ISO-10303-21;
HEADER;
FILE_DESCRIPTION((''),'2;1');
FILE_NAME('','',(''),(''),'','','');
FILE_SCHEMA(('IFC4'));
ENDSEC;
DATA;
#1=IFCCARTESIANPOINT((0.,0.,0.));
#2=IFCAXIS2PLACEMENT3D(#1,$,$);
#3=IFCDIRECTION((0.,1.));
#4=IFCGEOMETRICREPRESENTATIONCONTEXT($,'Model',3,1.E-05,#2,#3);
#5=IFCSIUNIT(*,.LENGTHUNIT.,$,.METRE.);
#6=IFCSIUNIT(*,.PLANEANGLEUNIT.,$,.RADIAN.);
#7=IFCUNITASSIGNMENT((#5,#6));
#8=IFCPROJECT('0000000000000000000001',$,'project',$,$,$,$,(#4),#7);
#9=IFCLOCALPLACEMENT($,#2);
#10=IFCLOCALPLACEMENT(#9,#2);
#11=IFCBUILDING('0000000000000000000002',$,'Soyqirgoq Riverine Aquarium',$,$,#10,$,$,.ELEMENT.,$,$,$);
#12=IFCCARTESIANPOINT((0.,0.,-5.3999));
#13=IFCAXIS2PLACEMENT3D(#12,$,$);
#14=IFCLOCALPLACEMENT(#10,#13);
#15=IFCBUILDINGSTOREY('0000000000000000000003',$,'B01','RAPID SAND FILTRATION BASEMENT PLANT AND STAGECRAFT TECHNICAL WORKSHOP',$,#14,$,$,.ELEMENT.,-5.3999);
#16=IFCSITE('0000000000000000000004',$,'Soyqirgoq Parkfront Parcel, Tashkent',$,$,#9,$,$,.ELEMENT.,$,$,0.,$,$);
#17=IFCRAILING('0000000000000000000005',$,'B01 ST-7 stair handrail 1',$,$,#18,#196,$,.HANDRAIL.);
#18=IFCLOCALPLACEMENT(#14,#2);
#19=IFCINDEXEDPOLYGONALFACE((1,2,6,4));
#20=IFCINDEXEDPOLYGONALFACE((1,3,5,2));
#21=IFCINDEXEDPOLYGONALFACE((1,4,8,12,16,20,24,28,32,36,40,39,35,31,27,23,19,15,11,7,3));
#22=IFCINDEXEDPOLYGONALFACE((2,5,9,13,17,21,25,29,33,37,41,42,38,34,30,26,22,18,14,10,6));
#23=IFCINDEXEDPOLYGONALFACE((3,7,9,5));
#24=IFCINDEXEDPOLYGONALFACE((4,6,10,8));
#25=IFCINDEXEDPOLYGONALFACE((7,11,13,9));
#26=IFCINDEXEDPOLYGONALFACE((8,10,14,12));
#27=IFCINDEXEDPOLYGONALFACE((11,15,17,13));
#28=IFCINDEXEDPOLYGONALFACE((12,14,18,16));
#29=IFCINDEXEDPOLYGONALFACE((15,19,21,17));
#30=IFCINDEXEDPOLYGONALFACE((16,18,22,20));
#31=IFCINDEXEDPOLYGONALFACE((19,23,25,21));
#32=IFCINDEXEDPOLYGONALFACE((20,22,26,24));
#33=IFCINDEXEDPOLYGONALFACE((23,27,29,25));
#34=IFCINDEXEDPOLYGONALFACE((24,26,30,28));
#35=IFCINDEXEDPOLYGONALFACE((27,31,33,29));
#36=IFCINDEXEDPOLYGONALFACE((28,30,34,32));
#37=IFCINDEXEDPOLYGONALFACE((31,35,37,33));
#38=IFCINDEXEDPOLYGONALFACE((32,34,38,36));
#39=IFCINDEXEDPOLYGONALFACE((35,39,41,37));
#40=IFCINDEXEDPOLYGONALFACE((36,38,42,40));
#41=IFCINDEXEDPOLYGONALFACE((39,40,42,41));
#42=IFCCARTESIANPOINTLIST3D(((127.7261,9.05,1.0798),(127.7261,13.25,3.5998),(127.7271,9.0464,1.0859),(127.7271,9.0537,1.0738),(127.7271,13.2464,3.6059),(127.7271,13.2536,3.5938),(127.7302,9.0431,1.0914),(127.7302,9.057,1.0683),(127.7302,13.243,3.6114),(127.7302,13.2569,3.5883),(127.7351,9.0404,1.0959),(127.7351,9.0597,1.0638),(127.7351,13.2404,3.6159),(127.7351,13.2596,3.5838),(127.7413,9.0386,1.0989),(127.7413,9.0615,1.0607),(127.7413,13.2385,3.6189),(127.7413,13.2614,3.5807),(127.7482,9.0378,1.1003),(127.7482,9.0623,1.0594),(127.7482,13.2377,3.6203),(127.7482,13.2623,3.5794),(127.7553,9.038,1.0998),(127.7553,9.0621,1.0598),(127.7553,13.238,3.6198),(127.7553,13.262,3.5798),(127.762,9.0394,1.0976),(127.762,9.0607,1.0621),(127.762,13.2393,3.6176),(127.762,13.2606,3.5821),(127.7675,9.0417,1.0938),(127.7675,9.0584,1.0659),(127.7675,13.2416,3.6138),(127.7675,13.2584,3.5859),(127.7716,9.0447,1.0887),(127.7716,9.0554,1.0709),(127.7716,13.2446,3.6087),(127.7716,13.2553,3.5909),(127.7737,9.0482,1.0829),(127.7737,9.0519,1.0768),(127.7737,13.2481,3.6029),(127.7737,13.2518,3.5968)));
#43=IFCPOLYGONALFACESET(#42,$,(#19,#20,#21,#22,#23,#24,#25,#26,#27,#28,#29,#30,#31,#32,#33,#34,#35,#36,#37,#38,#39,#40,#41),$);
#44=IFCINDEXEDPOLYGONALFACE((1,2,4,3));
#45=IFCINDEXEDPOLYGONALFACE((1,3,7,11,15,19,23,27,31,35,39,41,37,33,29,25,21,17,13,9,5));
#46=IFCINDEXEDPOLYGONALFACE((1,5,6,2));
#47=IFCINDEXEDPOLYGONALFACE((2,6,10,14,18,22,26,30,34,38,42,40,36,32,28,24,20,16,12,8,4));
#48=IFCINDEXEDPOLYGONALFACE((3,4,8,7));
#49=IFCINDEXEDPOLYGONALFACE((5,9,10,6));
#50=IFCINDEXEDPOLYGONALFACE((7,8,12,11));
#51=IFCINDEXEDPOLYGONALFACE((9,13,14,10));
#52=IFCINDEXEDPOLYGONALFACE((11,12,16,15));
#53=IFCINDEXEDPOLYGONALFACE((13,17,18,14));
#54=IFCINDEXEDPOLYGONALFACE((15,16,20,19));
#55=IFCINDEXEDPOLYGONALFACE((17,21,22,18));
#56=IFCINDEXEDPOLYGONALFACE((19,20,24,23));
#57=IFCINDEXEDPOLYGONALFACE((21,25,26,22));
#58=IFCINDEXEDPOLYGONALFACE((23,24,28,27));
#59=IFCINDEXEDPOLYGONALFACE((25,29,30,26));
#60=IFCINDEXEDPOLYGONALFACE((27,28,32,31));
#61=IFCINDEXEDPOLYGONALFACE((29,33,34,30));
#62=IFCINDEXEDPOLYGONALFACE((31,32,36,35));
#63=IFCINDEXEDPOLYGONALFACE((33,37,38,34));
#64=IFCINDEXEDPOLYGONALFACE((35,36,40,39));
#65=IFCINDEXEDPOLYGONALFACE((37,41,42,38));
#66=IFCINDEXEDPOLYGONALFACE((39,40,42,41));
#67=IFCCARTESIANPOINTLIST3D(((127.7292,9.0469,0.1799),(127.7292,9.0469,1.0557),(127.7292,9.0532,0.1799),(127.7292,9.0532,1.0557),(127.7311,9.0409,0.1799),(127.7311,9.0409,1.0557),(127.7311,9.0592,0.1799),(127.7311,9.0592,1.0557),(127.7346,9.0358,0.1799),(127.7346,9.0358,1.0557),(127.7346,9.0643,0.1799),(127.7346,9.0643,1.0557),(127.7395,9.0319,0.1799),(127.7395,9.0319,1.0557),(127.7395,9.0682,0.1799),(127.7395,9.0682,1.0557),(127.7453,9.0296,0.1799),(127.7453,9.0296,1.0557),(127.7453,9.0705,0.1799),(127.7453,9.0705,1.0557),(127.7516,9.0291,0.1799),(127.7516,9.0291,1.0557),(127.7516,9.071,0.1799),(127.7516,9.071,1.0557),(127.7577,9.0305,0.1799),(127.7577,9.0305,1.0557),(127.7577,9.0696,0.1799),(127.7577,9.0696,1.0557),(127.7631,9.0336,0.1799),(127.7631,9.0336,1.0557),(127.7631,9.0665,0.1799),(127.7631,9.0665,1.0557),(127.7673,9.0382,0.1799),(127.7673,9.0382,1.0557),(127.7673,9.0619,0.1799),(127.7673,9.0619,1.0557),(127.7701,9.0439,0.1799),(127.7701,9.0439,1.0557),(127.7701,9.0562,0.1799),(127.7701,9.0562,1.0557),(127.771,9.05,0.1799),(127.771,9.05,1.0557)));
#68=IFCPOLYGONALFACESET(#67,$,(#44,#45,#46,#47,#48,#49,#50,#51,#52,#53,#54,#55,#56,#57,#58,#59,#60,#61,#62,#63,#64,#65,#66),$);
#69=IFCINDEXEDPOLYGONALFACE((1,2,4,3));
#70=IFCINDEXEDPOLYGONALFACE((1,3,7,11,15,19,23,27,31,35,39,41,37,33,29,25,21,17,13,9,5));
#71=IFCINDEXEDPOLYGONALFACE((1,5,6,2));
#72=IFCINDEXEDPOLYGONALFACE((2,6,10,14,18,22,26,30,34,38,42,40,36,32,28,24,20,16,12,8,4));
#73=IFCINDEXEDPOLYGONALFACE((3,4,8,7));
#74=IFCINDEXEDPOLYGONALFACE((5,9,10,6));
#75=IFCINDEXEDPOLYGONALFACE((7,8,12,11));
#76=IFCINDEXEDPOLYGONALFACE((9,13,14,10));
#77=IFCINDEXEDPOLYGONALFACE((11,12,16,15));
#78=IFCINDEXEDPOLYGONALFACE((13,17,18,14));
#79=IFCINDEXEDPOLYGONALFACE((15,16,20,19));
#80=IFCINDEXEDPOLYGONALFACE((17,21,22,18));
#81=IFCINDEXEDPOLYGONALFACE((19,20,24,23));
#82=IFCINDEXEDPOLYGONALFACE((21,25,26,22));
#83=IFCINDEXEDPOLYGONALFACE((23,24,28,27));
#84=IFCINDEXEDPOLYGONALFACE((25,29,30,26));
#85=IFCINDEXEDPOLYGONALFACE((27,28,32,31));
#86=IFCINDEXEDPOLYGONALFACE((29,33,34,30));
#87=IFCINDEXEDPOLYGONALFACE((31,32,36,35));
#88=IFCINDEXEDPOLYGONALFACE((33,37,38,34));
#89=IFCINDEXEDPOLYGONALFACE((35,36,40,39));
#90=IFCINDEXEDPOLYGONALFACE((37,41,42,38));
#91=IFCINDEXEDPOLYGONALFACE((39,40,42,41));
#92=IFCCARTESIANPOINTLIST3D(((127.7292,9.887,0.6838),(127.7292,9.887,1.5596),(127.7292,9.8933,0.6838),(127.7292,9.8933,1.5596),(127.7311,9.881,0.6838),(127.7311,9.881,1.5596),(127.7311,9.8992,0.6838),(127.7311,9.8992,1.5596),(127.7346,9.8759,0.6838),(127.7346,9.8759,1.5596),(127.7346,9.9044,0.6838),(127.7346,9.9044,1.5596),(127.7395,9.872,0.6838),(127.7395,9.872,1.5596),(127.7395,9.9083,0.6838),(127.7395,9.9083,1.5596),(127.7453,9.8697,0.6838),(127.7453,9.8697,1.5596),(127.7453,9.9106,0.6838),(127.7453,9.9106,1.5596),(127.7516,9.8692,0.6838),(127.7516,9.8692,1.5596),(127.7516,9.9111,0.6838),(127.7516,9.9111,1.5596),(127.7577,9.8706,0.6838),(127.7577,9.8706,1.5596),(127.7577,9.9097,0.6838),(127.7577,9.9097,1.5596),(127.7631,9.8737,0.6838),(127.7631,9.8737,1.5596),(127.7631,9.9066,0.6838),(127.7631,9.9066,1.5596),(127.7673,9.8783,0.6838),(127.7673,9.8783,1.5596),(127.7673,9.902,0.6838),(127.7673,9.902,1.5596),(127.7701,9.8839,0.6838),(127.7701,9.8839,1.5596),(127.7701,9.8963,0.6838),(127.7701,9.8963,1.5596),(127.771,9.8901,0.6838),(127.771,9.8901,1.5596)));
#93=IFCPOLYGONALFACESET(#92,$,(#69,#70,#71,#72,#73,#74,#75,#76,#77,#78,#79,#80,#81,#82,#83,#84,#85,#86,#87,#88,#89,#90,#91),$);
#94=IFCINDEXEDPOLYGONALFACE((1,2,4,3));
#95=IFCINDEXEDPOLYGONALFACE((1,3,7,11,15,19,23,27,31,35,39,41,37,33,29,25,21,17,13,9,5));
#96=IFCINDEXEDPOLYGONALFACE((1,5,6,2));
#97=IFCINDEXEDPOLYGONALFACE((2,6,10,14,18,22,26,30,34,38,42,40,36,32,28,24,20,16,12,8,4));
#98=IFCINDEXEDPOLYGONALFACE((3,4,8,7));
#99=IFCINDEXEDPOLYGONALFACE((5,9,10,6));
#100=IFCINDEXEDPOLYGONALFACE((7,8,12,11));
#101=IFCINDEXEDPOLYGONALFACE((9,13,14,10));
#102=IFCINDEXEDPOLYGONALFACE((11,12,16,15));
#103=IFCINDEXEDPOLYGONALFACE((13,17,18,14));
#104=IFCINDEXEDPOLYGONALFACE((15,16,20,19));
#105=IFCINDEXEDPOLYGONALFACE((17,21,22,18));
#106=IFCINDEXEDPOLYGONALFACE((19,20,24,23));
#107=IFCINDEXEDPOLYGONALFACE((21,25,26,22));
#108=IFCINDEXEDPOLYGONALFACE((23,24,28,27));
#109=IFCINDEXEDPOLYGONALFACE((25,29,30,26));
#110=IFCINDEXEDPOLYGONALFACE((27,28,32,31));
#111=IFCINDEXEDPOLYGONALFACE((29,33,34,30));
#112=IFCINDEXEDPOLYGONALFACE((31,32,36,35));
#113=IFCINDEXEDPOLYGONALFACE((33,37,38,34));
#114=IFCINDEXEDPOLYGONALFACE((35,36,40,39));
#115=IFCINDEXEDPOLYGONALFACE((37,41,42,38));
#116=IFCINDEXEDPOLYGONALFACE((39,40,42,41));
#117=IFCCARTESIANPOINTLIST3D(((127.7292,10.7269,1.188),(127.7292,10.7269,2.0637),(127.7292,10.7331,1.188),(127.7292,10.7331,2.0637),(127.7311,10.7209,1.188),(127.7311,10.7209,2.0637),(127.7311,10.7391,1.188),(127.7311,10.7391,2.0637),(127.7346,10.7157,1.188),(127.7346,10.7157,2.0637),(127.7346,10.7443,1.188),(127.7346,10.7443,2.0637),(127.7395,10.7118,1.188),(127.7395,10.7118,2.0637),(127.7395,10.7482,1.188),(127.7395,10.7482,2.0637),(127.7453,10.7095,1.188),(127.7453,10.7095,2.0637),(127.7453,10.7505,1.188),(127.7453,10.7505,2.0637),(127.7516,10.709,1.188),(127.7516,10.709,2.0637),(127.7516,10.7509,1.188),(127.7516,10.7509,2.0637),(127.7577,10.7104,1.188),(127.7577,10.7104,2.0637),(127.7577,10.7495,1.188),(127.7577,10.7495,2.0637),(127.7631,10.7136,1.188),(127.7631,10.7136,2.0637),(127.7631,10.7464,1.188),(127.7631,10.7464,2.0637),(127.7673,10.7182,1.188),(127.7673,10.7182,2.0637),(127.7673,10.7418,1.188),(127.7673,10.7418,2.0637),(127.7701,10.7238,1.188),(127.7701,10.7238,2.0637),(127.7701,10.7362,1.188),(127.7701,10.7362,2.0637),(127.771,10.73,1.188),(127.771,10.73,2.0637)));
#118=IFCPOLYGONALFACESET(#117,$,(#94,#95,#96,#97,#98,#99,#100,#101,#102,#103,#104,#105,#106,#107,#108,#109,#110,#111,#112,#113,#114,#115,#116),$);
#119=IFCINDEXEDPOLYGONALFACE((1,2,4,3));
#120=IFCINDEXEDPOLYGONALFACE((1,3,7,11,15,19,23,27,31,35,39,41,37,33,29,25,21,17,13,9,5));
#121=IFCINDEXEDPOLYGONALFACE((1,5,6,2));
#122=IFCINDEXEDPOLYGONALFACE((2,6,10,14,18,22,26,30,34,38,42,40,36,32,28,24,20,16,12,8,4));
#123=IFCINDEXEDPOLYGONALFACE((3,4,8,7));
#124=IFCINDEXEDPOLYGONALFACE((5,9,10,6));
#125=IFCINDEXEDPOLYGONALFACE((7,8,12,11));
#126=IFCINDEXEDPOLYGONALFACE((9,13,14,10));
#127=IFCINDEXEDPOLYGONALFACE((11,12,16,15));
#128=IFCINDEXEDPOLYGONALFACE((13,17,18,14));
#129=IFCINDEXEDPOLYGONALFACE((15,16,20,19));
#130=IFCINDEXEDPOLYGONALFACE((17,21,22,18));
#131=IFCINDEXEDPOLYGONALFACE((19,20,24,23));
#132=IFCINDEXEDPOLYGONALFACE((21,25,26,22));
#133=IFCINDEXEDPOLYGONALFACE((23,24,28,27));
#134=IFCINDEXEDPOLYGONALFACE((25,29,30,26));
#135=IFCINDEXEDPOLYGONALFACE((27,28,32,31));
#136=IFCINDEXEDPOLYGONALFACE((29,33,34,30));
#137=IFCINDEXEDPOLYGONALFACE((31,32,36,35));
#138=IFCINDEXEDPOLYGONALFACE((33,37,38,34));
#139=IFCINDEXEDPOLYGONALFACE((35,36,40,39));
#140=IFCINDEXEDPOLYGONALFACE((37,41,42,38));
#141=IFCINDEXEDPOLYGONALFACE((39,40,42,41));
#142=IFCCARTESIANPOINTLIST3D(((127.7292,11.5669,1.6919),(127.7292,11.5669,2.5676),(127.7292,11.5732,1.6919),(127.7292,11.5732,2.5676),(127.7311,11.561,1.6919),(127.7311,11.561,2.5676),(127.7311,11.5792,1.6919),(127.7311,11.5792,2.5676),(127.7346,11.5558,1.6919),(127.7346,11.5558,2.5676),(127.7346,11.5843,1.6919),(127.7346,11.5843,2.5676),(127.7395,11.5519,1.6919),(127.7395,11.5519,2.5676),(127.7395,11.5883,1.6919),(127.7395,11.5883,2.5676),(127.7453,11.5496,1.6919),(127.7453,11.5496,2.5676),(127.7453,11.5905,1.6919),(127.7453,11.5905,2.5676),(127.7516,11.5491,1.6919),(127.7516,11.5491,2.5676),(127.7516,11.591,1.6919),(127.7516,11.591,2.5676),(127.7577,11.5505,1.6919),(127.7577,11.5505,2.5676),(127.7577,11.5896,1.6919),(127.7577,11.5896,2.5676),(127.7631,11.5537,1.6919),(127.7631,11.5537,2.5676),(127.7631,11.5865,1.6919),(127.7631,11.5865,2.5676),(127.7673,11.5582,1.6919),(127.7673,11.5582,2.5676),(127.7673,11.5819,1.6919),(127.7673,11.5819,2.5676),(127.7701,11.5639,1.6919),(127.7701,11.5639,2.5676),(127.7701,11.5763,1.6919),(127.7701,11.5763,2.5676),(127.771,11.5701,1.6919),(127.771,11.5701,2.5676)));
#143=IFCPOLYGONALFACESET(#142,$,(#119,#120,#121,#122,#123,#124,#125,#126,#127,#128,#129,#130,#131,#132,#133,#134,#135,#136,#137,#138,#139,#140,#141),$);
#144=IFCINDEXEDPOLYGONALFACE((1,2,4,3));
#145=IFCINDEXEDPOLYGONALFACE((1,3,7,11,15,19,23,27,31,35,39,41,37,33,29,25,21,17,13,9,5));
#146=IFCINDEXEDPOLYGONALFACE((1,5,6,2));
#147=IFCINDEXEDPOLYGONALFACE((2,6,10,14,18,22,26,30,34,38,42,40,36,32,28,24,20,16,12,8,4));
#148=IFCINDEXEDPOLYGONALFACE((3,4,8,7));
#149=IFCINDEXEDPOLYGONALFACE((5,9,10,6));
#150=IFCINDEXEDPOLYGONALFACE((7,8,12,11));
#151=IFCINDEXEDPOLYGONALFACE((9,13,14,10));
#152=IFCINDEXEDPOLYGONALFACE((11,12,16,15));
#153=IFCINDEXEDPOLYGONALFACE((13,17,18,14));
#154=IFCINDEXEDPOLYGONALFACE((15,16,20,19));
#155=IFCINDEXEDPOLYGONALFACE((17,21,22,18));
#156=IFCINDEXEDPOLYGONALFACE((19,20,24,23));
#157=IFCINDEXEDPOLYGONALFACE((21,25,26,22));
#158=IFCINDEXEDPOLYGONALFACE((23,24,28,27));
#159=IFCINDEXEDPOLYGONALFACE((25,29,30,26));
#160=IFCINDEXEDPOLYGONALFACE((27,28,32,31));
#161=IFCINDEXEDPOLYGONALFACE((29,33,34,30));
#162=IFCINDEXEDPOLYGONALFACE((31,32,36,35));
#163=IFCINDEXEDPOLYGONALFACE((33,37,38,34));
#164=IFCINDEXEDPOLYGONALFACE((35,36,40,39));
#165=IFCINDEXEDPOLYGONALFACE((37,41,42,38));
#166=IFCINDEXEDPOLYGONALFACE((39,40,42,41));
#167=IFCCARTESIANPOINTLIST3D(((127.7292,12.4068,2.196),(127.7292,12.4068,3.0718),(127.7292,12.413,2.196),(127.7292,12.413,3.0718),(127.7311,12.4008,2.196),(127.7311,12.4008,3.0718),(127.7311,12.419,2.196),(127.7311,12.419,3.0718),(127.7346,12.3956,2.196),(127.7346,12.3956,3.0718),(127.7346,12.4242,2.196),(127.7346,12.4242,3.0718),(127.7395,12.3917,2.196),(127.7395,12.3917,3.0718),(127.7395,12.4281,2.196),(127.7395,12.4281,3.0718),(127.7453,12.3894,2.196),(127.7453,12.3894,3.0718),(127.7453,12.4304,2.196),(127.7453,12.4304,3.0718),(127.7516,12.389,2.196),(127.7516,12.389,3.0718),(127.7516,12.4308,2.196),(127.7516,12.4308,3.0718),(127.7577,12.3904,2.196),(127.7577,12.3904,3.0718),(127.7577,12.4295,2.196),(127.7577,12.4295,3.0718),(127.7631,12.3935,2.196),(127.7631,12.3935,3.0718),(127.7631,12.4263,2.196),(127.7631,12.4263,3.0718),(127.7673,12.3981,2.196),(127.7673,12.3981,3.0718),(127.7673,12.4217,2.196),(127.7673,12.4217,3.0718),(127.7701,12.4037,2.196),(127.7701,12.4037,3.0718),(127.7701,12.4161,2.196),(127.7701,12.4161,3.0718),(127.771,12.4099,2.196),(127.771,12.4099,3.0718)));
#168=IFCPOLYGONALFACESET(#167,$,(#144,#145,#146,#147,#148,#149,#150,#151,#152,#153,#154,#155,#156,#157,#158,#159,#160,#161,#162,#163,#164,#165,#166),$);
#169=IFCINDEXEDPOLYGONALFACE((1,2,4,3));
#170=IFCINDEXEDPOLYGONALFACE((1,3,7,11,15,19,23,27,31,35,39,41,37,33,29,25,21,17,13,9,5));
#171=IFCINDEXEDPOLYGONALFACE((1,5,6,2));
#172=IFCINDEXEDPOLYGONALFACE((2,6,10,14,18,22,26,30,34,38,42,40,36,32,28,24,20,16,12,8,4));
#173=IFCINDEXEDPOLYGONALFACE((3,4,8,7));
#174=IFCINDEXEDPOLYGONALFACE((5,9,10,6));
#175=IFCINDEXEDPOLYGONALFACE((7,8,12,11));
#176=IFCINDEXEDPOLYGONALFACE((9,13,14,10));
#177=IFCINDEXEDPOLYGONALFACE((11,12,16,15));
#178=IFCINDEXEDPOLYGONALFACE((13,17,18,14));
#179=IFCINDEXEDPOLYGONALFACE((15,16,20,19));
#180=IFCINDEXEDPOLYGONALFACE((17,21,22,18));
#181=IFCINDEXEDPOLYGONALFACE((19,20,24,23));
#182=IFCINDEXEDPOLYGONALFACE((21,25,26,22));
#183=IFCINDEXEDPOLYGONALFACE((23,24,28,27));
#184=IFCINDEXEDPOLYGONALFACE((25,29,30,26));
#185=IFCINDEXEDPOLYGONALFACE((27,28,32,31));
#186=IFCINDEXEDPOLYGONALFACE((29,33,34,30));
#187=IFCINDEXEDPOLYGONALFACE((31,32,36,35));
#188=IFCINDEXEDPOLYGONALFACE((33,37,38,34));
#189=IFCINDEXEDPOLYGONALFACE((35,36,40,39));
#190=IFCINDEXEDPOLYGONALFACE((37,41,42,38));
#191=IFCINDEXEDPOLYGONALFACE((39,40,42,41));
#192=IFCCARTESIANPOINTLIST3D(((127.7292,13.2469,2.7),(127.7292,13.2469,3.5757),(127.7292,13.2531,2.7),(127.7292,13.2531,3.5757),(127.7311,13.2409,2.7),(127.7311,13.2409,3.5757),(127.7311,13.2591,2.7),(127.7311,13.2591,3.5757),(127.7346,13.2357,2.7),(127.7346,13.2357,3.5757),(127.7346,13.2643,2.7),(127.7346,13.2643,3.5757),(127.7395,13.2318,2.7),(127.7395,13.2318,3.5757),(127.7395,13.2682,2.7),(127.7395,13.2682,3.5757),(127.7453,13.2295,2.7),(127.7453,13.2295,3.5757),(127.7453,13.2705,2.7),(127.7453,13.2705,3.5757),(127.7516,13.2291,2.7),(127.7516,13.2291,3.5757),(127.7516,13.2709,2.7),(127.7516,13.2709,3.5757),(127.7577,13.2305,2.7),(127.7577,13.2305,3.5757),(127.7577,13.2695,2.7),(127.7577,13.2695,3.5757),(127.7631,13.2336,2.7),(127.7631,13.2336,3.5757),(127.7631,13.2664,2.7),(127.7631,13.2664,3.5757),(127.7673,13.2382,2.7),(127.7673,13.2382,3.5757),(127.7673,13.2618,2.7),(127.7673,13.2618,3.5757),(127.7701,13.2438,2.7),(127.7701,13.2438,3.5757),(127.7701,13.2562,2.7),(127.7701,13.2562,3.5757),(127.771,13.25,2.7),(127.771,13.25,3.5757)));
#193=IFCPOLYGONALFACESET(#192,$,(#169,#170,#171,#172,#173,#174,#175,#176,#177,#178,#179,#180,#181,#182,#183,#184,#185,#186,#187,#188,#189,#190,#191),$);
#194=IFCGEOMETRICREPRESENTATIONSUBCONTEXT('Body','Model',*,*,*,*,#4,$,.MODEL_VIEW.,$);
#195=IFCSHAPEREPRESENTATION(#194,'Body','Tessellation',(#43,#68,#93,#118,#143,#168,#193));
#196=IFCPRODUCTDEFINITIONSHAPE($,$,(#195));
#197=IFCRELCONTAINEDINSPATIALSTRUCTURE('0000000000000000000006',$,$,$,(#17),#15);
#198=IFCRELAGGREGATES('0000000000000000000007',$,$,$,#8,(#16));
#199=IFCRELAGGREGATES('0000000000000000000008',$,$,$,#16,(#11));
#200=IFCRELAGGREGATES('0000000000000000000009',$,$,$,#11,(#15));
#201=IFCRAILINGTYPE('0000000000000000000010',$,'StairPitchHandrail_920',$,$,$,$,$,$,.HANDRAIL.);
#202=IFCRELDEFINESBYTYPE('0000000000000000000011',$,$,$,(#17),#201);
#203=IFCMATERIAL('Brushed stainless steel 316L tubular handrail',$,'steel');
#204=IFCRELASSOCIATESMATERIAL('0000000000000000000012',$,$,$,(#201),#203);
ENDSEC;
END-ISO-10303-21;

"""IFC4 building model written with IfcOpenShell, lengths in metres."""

from ifc_helpers import new_model, si_unit, direction, frame, origin, origin_2d, place, context, subcontext, project, spatial, circle, extrude, material, type_object, element, save


model = new_model("IFC4")

# Units and contexts
model_context = context("Model", 3, precision=1e-05, world=origin(), true_north=direction((0.0, 1.0)))
body_context = subcontext(model_context, "Body", "Model", "MODEL_VIEW")
ifc_project = project(units=[si_unit("LENGTHUNIT", "METRE"), si_unit("PLANEANGLEUNIT", "RADIAN")], contexts=[model_context])

# Site, building, storey
site_placement = place(None, origin())
site = spatial("IfcSite", under=ifc_project, at=site_placement, Name="Soyqirgoq Parkfront Parcel, Tashkent", CompositionType="ELEMENT", RefElevation=0.0)
building_placement = place(site_placement, origin())
building = spatial("IfcBuilding", under=site, at=building_placement, Name="Soyqirgoq Riverine Aquarium", CompositionType="ELEMENT")
storey_placement = place(building_placement, frame((0.0, 0.0, -5.3999)))
storey = spatial("IfcBuildingStorey", under=building, at=storey_placement, Name="B01", Description="RAPID SAND FILTRATION BASEMENT PLANT AND STAGECRAFT TECHNICAL WORKSHOP", CompositionType="ELEMENT", Elevation=-5.3999)

# Railing
ifc_material_1 = material(Name="Brushed stainless steel 316L tubular handrail", Category="steel")
railing_type_1 = type_object("IfcRailingType", Name="StairPitchHandrail_920", PredefinedType="HANDRAIL", material=ifc_material_1)
railing_1_placement = place(storey_placement, frame((127.75, 9.05, 0.1799)))
element("IfcRailing", 1, at=railing_1_placement, inside=storey, type_object=railing_type_1, Name="B01 ST-7 stair handrail 1", PredefinedType="HANDRAIL", context=body_context, shape_type="SweptSolid", body=[
    extrude(circle(Radius=0.0239, at=origin_2d()), frame((0.0, 0.0, 0.8999), z_axis=(0.0, 0.857489, 0.514503), x_axis=(-1.0, 0.0, 0.0)), (0.0, 0.0, 1.0), 4.8979),
    extrude(circle(Radius=0.021, at=origin_2d()), origin(), (0.0, 0.0, 1.0), 0.8757),
    extrude(circle(Radius=0.021, at=origin_2d()), frame((0.0, 0.8401, 0.5039)), (0.0, 0.0, 1.0), 0.8757),
    extrude(circle(Radius=0.021, at=origin_2d()), frame((0.0, 1.6799, 1.0081)), (0.0, 0.0, 1.0), 0.8757),
    extrude(circle(Radius=0.021, at=origin_2d()), frame((0.0, 2.52, 1.512)), (0.0, 0.0, 1.0), 0.8757),
    extrude(circle(Radius=0.021, at=origin_2d()), frame((0.0, 3.3599, 2.0161)), (0.0, 0.0, 1.0), 0.8757),
    extrude(circle(Radius=0.021, at=origin_2d()), frame((0.0, 4.2, 2.52)), (0.0, 0.0, 1.0), 0.8757),
])

save(model, "model.ifc")
